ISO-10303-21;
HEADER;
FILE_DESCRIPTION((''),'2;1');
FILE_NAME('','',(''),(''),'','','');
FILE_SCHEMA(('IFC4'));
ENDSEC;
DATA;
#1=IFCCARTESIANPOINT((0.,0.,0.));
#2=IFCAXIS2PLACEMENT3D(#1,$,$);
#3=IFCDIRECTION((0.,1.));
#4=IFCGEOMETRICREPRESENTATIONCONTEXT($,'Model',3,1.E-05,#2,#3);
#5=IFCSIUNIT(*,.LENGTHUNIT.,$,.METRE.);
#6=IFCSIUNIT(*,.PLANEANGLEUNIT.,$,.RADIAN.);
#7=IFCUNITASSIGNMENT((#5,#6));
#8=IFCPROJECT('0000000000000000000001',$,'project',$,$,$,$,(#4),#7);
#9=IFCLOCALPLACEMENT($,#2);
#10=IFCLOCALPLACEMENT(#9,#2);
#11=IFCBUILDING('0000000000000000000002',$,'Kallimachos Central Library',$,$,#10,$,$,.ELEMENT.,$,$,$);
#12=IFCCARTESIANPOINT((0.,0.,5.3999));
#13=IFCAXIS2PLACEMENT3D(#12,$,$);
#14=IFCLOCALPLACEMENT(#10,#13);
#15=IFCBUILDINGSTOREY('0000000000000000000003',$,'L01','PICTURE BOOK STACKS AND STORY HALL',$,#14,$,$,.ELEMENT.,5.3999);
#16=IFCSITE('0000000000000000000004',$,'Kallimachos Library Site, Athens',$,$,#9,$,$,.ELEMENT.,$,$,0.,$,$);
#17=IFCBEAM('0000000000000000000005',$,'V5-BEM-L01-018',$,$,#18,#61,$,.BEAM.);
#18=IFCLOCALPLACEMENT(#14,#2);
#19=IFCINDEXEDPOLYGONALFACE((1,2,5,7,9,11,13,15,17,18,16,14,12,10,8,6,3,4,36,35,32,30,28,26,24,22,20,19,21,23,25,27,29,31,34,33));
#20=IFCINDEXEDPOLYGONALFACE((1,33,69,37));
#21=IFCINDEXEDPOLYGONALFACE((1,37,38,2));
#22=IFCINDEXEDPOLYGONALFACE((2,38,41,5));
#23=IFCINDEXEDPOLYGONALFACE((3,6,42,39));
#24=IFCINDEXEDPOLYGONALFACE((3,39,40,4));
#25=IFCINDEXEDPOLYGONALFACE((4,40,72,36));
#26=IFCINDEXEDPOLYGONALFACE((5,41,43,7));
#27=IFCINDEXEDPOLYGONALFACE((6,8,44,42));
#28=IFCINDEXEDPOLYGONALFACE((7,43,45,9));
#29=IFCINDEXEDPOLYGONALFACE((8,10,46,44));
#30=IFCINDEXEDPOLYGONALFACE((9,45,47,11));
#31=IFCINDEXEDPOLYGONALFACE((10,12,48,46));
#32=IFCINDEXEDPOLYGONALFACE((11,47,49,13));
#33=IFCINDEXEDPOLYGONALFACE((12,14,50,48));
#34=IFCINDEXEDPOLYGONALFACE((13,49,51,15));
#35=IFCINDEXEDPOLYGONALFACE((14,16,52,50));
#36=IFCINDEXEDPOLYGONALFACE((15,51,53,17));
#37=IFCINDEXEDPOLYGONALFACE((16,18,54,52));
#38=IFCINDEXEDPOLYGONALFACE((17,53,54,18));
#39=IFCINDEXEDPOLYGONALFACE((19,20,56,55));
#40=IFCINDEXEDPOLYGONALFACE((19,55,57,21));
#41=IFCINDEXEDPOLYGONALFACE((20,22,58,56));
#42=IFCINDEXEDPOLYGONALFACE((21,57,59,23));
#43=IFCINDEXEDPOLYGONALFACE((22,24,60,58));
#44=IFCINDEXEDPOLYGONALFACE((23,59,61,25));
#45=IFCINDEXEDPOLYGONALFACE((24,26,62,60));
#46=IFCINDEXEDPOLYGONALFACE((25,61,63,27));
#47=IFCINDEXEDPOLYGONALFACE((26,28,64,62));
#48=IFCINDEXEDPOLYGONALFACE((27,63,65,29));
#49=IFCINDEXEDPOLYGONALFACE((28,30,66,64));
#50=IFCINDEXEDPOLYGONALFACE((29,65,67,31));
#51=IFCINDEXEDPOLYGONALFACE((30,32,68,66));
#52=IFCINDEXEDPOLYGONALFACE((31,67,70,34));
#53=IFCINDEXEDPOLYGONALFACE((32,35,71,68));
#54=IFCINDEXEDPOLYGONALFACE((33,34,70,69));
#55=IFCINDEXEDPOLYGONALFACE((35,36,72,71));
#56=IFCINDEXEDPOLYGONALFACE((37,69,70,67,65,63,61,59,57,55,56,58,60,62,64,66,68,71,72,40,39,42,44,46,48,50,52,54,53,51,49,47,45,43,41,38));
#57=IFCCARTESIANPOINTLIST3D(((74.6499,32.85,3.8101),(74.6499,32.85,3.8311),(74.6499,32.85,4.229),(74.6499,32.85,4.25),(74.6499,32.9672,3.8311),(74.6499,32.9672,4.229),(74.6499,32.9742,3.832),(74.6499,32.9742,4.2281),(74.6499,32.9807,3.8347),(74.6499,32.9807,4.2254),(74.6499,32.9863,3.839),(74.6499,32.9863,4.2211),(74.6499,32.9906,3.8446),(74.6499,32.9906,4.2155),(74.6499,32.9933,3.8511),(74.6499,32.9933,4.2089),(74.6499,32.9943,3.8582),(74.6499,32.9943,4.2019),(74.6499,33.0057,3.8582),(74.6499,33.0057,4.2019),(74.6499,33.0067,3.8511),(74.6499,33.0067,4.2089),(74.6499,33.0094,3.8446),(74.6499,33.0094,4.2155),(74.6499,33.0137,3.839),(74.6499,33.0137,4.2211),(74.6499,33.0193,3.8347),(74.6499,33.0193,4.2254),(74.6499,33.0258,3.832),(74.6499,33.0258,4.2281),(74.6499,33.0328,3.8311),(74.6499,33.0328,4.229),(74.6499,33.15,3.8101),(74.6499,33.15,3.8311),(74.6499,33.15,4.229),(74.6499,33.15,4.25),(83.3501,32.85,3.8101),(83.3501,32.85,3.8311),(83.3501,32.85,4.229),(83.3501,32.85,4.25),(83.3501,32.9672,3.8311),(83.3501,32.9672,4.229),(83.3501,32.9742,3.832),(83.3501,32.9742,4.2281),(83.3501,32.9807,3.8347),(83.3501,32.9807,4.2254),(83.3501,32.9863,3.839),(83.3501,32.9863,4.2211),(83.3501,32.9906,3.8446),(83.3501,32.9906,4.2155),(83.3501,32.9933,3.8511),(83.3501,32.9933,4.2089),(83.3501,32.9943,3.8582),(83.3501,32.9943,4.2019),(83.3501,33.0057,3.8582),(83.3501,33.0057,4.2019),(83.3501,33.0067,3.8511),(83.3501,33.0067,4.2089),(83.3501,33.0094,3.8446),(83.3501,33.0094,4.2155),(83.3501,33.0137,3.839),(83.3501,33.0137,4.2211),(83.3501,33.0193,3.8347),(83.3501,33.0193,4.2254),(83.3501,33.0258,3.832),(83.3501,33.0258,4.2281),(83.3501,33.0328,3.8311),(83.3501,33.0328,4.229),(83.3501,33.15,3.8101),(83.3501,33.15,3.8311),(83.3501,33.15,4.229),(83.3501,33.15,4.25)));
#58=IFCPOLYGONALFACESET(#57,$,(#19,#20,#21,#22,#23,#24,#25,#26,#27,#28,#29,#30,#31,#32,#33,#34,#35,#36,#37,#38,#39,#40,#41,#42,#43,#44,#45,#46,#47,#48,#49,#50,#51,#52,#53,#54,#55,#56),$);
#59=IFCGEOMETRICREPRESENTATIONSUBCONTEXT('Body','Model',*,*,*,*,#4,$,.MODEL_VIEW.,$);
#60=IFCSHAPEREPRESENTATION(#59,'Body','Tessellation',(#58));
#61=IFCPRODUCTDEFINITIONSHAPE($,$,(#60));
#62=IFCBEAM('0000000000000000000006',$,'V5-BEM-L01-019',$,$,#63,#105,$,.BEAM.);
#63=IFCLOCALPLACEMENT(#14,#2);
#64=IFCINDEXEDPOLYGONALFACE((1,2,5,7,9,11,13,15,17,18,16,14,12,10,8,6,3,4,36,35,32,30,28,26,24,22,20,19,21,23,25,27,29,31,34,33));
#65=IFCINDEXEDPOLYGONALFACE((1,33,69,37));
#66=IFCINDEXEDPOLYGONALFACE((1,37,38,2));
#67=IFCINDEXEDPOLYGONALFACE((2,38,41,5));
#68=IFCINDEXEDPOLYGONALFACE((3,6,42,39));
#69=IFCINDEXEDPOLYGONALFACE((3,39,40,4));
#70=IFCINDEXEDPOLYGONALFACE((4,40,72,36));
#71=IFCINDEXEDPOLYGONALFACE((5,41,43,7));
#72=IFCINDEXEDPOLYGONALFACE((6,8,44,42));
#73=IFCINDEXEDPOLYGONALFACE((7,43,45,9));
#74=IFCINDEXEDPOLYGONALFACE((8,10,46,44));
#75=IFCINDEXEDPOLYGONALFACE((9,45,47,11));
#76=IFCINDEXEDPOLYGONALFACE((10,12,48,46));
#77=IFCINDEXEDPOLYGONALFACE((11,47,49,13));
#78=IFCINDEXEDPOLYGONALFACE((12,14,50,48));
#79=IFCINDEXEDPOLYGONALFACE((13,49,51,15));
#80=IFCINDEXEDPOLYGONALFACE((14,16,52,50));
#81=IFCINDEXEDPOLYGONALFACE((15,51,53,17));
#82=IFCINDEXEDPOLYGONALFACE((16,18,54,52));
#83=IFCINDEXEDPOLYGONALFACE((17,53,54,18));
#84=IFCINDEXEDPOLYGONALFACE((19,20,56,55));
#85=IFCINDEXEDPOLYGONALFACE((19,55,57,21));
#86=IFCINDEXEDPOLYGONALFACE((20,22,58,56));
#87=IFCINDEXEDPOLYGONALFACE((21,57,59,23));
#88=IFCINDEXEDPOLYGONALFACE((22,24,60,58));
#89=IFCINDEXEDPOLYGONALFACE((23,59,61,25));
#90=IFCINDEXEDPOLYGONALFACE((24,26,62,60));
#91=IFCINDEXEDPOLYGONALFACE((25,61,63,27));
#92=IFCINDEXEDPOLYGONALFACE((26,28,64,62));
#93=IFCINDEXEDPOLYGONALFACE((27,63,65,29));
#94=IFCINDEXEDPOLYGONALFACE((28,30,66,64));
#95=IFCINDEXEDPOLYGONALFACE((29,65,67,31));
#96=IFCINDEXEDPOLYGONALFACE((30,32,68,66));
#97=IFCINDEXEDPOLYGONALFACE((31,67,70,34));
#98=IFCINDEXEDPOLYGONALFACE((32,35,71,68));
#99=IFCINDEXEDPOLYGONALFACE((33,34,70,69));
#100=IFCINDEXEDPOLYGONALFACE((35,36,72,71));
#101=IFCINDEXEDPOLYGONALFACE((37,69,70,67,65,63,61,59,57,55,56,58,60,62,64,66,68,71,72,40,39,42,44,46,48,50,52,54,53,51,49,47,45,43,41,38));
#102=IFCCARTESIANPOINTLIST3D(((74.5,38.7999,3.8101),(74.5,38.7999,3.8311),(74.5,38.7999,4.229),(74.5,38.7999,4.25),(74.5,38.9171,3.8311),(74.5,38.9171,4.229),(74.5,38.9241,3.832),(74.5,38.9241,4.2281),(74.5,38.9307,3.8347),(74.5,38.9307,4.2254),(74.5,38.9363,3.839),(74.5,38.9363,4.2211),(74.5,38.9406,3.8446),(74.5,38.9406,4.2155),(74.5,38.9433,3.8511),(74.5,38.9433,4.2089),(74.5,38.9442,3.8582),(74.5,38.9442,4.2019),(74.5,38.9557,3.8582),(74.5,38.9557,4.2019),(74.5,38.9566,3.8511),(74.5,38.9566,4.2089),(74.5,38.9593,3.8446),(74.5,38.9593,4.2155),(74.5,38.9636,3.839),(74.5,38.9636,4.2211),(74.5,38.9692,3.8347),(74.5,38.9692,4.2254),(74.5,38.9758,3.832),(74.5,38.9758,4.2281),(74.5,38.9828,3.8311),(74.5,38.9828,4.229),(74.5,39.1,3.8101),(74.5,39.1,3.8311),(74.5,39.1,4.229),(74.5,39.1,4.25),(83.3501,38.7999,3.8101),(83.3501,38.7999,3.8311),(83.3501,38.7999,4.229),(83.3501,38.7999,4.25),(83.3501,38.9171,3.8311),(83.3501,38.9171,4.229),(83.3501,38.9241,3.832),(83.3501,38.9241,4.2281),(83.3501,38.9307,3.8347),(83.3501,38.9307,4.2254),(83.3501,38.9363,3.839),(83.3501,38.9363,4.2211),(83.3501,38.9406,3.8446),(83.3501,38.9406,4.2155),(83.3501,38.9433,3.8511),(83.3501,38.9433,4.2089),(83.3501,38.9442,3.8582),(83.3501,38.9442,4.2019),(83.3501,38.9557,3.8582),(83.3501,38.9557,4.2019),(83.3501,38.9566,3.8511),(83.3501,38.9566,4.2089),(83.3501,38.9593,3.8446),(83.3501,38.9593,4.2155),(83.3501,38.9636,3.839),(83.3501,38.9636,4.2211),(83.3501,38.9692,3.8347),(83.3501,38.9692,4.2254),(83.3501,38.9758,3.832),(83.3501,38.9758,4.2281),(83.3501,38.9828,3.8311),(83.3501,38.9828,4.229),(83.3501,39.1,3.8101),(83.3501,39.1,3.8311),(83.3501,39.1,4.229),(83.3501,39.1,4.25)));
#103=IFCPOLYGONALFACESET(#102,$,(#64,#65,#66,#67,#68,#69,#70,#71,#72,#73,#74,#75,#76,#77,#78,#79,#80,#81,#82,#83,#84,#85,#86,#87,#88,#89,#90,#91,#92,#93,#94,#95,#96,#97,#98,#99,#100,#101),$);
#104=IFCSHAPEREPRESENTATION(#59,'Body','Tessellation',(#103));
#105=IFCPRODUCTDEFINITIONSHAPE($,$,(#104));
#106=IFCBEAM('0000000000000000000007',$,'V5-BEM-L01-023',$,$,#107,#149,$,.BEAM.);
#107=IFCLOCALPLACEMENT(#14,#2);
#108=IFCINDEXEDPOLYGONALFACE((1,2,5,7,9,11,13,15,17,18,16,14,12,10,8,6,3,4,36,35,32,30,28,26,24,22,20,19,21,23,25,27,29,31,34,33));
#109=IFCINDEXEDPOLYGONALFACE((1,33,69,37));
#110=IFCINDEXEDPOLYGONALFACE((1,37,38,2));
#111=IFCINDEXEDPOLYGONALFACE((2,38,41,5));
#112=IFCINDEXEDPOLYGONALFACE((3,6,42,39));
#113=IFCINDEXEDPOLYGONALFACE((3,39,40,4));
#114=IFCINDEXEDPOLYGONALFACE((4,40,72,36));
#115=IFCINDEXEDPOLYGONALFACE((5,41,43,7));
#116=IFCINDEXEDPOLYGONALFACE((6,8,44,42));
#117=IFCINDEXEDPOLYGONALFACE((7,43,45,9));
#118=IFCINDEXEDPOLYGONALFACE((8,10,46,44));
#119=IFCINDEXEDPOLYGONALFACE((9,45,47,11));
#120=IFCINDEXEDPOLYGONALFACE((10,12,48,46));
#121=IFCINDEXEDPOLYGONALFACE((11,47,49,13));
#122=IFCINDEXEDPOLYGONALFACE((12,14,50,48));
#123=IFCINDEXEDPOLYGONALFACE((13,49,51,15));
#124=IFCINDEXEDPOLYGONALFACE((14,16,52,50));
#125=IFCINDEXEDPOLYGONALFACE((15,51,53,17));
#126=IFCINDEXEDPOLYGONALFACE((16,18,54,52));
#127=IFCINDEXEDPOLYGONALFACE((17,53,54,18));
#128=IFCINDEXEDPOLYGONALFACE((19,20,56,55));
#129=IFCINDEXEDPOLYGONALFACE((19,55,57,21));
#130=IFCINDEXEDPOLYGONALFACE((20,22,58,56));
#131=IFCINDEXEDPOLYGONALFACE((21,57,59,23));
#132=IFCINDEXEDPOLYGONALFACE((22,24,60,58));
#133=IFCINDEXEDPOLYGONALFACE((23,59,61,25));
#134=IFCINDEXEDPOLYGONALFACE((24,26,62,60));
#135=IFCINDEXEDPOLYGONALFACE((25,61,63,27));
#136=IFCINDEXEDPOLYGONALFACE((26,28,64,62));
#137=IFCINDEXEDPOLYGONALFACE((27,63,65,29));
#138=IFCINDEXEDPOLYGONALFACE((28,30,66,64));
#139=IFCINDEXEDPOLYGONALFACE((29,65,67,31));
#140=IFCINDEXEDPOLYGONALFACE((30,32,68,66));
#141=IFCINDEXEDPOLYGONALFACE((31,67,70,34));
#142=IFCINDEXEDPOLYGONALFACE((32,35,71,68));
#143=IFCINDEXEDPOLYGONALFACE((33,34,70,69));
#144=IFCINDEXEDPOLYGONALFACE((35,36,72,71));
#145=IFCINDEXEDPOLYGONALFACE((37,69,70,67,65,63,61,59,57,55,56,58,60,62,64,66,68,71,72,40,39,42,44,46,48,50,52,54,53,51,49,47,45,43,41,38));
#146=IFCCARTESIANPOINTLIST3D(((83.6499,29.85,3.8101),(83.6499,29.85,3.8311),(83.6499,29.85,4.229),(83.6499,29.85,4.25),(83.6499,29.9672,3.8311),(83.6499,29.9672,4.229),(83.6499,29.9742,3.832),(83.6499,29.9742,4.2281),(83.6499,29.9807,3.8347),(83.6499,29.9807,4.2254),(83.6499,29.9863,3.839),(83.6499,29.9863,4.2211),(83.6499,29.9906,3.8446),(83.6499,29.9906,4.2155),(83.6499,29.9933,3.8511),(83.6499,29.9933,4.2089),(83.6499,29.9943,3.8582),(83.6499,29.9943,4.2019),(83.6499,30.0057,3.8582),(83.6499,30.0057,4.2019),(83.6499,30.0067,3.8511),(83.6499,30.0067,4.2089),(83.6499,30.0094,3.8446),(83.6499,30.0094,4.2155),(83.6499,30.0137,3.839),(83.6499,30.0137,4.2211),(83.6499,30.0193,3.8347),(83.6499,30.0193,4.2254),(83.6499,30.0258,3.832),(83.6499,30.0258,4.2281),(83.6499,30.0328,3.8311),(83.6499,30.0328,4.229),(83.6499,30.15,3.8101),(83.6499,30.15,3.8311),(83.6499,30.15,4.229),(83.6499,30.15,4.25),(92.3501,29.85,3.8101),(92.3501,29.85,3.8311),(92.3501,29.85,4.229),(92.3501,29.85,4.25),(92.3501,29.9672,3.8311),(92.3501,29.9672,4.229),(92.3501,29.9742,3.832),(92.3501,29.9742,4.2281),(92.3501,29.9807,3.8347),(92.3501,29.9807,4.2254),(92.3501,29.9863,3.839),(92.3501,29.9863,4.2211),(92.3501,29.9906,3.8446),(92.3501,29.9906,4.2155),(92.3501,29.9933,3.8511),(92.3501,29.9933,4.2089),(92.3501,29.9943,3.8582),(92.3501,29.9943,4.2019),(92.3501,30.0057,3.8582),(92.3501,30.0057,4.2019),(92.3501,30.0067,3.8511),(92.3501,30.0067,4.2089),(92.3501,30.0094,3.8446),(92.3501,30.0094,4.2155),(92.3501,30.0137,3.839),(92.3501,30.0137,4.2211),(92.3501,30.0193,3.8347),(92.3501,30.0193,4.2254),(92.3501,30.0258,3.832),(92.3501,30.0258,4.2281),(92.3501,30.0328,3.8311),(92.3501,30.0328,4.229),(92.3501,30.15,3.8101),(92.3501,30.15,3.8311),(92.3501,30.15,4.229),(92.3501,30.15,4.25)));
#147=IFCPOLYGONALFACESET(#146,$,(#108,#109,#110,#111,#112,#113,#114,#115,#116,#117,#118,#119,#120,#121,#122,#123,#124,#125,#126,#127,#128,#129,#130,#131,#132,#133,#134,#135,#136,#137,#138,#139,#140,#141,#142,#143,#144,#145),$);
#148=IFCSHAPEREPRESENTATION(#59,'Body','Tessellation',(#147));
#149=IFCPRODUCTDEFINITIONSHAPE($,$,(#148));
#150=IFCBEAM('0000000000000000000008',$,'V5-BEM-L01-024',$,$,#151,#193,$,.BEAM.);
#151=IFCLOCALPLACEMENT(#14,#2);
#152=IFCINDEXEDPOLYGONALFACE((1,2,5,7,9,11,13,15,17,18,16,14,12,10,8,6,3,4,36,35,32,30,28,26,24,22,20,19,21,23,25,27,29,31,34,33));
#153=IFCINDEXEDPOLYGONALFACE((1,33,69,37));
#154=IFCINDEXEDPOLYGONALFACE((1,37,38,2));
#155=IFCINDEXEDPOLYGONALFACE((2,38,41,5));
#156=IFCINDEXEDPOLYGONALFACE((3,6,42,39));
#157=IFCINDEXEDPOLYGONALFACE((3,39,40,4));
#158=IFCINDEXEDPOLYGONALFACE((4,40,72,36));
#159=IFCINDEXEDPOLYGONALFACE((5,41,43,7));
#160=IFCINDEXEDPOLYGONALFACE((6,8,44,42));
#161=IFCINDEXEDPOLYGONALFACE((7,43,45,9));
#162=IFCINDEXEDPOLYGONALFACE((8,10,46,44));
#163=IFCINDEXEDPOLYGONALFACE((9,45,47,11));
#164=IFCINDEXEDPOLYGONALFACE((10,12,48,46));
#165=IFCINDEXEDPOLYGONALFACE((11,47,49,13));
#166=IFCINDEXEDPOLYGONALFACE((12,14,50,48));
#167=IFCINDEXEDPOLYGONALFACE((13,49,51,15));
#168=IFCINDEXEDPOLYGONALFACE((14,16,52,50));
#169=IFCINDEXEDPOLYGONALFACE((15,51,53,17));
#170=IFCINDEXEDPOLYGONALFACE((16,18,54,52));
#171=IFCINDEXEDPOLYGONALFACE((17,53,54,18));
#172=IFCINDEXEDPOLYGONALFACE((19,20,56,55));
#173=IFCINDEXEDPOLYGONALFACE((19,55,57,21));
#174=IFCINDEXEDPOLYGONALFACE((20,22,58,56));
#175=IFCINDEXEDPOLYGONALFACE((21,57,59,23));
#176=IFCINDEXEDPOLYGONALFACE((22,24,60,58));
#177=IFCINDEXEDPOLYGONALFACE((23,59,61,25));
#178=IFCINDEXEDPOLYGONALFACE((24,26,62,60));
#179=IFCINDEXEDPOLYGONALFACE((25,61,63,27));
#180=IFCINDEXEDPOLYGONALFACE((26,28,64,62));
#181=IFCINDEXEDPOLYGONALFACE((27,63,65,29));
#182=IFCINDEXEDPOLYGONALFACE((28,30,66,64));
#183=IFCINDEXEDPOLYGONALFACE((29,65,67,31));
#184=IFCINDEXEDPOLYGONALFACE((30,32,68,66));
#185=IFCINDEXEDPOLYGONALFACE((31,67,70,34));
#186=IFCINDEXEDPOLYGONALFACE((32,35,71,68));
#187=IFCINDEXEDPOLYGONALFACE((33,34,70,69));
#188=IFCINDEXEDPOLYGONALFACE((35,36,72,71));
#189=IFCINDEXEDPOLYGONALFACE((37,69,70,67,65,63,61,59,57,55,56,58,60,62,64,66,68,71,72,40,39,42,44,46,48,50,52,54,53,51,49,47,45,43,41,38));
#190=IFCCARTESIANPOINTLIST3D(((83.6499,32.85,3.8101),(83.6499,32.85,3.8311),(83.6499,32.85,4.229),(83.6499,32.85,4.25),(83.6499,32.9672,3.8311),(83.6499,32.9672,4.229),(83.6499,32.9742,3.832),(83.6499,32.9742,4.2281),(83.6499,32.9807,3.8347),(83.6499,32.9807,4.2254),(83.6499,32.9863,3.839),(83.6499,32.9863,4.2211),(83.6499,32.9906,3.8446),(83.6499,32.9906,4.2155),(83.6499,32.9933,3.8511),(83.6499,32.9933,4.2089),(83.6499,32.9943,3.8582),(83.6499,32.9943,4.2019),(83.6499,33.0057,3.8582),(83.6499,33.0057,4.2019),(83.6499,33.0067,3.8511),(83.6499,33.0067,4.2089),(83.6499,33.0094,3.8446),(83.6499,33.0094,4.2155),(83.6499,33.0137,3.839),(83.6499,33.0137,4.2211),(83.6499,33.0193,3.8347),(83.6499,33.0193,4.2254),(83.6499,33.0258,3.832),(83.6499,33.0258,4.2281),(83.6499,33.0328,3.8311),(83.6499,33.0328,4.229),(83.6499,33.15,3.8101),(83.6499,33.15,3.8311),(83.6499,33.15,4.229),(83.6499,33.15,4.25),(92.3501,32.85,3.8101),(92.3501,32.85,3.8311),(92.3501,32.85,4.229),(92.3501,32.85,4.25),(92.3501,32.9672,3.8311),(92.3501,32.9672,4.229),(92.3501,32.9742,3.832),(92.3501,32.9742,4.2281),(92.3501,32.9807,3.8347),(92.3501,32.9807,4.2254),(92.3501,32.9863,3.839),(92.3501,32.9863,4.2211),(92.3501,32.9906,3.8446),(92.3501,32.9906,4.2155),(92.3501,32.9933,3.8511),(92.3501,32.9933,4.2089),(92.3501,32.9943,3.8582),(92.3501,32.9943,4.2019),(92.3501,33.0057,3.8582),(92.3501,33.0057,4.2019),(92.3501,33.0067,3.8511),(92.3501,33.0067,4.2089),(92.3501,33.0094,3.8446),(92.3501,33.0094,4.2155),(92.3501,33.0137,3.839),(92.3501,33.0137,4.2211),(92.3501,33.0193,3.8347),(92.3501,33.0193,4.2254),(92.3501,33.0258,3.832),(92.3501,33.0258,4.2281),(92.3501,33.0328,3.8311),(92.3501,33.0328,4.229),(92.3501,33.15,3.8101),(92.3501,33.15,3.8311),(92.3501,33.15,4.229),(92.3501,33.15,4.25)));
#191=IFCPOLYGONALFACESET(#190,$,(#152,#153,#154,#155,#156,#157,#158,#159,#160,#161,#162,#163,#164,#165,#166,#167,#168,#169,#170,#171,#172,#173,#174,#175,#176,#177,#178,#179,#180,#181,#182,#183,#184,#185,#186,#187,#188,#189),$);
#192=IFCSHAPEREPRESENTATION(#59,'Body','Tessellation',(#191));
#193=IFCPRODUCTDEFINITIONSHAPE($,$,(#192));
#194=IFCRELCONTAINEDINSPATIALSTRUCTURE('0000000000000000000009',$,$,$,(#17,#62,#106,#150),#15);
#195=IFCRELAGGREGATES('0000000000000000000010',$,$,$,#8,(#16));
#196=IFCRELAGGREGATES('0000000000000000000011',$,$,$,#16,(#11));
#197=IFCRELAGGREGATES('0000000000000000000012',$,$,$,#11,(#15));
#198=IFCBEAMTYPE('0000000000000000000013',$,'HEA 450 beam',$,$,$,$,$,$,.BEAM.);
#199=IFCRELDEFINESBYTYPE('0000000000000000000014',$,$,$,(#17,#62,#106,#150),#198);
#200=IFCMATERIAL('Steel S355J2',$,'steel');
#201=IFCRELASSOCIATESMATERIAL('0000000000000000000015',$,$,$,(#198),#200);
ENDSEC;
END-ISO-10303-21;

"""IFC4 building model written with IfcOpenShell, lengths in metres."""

from ifc_helpers import new_model, si_unit, direction, frame, origin, origin_2d, place, context, subcontext, project, spatial, i_section, extrude, material, material_profile, profile_set, type_object, element, save


model = new_model("IFC4")

# Units and contexts
model_context = context("Model", 3, precision=1e-05, world=origin(), true_north=direction((0.0, 1.0)))
body_context = subcontext(model_context, "Body", "Model", "MODEL_VIEW")
ifc_project = project(units=[si_unit("LENGTHUNIT", "METRE"), si_unit("PLANEANGLEUNIT", "RADIAN")], contexts=[model_context])

# Site, building, storey
site_placement = place(None, origin())
site = spatial("IfcSite", under=ifc_project, at=site_placement, Name="Kallimachos Library Site, Athens", CompositionType="ELEMENT", RefElevation=0.0)
building_placement = place(site_placement, origin())
building = spatial("IfcBuilding", under=site, at=building_placement, Name="Kallimachos Central Library", CompositionType="ELEMENT")
storey_placement = place(building_placement, frame((0.0, 0.0, 5.3999)))
storey = spatial("IfcBuildingStorey", under=building, at=storey_placement, Name="L01", Description="PICTURE BOOK STACKS AND STORY HALL", CompositionType="ELEMENT", Elevation=5.3999)

# Beams
ifc_material_1 = material(Name="Steel S355J2", Category="steel")
ifc_material_profile_1 = material_profile(ifc_material_1, i_section(OverallWidth=0.3, OverallDepth=0.4399, WebThickness=0.0115, FlangeThickness=0.021, FilletRadius=0.0271, at=origin_2d()), Name="HEA 450")
ifc_profile_set_1 = profile_set([ifc_material_profile_1], Name="Steel S355J2")
beam_type_1 = type_object("IfcBeamType", Name="HEA 450 beam", PredefinedType="BEAM", material=ifc_profile_set_1)
beam_1_placement = place(storey_placement, frame((74.6499, 33.0, 4.03), z_axis=(1.0, 0.0, 0.0), x_axis=(0.0, 1.0, 0.0)))
element("IfcBeam", 1, at=beam_1_placement, inside=storey, type_object=beam_type_1, Name="V5-BEM-L01-018", PredefinedType="BEAM", context=body_context, shape_type="SweptSolid", body=[
    extrude(i_section(OverallWidth=0.3, OverallDepth=0.4399, WebThickness=0.0115, FlangeThickness=0.021, FilletRadius=0.0271, at=origin_2d()), origin(), (0.0, 0.0, 1.0), 8.7002),
])
beam_2_placement = place(storey_placement, frame((74.5, 38.95, 4.03), z_axis=(1.0, 0.0, 0.0), x_axis=(0.0, 1.0, 0.0)))
element("IfcBeam", 2, at=beam_2_placement, inside=storey, type_object=beam_type_1, Name="V5-BEM-L01-019", PredefinedType="BEAM", context=body_context, shape_type="SweptSolid", body=[
    extrude(i_section(OverallWidth=0.3, OverallDepth=0.4399, WebThickness=0.0115, FlangeThickness=0.021, FilletRadius=0.0271, at=origin_2d()), origin(), (0.0, 0.0, 1.0), 8.8501),
])
for number, where, z_axis, x_axis, name in (
    (3, (83.6499, 30.0, 4.03), (1.0, 0.0, 0.0), (0.0, 1.0, 0.0), "V5-BEM-L01-023"),
    (4, (83.6499, 33.0, 4.03), (1.0, 0.0, 0.0), (0.0, 1.0, 0.0), "V5-BEM-L01-024"),
):
    element("IfcBeam", number, at=place(storey_placement, frame(where, z_axis=z_axis, x_axis=x_axis)), inside=storey, type_object=beam_type_1, Name=name, PredefinedType="BEAM", context=body_context, shape_type="SweptSolid", body=[
        extrude(i_section(OverallWidth=0.3, OverallDepth=0.4399, WebThickness=0.0115, FlangeThickness=0.021, FilletRadius=0.0271, at=origin_2d()), origin(), (0.0, 0.0, 1.0), 8.7002),
    ])

save(model, "model.ifc")
